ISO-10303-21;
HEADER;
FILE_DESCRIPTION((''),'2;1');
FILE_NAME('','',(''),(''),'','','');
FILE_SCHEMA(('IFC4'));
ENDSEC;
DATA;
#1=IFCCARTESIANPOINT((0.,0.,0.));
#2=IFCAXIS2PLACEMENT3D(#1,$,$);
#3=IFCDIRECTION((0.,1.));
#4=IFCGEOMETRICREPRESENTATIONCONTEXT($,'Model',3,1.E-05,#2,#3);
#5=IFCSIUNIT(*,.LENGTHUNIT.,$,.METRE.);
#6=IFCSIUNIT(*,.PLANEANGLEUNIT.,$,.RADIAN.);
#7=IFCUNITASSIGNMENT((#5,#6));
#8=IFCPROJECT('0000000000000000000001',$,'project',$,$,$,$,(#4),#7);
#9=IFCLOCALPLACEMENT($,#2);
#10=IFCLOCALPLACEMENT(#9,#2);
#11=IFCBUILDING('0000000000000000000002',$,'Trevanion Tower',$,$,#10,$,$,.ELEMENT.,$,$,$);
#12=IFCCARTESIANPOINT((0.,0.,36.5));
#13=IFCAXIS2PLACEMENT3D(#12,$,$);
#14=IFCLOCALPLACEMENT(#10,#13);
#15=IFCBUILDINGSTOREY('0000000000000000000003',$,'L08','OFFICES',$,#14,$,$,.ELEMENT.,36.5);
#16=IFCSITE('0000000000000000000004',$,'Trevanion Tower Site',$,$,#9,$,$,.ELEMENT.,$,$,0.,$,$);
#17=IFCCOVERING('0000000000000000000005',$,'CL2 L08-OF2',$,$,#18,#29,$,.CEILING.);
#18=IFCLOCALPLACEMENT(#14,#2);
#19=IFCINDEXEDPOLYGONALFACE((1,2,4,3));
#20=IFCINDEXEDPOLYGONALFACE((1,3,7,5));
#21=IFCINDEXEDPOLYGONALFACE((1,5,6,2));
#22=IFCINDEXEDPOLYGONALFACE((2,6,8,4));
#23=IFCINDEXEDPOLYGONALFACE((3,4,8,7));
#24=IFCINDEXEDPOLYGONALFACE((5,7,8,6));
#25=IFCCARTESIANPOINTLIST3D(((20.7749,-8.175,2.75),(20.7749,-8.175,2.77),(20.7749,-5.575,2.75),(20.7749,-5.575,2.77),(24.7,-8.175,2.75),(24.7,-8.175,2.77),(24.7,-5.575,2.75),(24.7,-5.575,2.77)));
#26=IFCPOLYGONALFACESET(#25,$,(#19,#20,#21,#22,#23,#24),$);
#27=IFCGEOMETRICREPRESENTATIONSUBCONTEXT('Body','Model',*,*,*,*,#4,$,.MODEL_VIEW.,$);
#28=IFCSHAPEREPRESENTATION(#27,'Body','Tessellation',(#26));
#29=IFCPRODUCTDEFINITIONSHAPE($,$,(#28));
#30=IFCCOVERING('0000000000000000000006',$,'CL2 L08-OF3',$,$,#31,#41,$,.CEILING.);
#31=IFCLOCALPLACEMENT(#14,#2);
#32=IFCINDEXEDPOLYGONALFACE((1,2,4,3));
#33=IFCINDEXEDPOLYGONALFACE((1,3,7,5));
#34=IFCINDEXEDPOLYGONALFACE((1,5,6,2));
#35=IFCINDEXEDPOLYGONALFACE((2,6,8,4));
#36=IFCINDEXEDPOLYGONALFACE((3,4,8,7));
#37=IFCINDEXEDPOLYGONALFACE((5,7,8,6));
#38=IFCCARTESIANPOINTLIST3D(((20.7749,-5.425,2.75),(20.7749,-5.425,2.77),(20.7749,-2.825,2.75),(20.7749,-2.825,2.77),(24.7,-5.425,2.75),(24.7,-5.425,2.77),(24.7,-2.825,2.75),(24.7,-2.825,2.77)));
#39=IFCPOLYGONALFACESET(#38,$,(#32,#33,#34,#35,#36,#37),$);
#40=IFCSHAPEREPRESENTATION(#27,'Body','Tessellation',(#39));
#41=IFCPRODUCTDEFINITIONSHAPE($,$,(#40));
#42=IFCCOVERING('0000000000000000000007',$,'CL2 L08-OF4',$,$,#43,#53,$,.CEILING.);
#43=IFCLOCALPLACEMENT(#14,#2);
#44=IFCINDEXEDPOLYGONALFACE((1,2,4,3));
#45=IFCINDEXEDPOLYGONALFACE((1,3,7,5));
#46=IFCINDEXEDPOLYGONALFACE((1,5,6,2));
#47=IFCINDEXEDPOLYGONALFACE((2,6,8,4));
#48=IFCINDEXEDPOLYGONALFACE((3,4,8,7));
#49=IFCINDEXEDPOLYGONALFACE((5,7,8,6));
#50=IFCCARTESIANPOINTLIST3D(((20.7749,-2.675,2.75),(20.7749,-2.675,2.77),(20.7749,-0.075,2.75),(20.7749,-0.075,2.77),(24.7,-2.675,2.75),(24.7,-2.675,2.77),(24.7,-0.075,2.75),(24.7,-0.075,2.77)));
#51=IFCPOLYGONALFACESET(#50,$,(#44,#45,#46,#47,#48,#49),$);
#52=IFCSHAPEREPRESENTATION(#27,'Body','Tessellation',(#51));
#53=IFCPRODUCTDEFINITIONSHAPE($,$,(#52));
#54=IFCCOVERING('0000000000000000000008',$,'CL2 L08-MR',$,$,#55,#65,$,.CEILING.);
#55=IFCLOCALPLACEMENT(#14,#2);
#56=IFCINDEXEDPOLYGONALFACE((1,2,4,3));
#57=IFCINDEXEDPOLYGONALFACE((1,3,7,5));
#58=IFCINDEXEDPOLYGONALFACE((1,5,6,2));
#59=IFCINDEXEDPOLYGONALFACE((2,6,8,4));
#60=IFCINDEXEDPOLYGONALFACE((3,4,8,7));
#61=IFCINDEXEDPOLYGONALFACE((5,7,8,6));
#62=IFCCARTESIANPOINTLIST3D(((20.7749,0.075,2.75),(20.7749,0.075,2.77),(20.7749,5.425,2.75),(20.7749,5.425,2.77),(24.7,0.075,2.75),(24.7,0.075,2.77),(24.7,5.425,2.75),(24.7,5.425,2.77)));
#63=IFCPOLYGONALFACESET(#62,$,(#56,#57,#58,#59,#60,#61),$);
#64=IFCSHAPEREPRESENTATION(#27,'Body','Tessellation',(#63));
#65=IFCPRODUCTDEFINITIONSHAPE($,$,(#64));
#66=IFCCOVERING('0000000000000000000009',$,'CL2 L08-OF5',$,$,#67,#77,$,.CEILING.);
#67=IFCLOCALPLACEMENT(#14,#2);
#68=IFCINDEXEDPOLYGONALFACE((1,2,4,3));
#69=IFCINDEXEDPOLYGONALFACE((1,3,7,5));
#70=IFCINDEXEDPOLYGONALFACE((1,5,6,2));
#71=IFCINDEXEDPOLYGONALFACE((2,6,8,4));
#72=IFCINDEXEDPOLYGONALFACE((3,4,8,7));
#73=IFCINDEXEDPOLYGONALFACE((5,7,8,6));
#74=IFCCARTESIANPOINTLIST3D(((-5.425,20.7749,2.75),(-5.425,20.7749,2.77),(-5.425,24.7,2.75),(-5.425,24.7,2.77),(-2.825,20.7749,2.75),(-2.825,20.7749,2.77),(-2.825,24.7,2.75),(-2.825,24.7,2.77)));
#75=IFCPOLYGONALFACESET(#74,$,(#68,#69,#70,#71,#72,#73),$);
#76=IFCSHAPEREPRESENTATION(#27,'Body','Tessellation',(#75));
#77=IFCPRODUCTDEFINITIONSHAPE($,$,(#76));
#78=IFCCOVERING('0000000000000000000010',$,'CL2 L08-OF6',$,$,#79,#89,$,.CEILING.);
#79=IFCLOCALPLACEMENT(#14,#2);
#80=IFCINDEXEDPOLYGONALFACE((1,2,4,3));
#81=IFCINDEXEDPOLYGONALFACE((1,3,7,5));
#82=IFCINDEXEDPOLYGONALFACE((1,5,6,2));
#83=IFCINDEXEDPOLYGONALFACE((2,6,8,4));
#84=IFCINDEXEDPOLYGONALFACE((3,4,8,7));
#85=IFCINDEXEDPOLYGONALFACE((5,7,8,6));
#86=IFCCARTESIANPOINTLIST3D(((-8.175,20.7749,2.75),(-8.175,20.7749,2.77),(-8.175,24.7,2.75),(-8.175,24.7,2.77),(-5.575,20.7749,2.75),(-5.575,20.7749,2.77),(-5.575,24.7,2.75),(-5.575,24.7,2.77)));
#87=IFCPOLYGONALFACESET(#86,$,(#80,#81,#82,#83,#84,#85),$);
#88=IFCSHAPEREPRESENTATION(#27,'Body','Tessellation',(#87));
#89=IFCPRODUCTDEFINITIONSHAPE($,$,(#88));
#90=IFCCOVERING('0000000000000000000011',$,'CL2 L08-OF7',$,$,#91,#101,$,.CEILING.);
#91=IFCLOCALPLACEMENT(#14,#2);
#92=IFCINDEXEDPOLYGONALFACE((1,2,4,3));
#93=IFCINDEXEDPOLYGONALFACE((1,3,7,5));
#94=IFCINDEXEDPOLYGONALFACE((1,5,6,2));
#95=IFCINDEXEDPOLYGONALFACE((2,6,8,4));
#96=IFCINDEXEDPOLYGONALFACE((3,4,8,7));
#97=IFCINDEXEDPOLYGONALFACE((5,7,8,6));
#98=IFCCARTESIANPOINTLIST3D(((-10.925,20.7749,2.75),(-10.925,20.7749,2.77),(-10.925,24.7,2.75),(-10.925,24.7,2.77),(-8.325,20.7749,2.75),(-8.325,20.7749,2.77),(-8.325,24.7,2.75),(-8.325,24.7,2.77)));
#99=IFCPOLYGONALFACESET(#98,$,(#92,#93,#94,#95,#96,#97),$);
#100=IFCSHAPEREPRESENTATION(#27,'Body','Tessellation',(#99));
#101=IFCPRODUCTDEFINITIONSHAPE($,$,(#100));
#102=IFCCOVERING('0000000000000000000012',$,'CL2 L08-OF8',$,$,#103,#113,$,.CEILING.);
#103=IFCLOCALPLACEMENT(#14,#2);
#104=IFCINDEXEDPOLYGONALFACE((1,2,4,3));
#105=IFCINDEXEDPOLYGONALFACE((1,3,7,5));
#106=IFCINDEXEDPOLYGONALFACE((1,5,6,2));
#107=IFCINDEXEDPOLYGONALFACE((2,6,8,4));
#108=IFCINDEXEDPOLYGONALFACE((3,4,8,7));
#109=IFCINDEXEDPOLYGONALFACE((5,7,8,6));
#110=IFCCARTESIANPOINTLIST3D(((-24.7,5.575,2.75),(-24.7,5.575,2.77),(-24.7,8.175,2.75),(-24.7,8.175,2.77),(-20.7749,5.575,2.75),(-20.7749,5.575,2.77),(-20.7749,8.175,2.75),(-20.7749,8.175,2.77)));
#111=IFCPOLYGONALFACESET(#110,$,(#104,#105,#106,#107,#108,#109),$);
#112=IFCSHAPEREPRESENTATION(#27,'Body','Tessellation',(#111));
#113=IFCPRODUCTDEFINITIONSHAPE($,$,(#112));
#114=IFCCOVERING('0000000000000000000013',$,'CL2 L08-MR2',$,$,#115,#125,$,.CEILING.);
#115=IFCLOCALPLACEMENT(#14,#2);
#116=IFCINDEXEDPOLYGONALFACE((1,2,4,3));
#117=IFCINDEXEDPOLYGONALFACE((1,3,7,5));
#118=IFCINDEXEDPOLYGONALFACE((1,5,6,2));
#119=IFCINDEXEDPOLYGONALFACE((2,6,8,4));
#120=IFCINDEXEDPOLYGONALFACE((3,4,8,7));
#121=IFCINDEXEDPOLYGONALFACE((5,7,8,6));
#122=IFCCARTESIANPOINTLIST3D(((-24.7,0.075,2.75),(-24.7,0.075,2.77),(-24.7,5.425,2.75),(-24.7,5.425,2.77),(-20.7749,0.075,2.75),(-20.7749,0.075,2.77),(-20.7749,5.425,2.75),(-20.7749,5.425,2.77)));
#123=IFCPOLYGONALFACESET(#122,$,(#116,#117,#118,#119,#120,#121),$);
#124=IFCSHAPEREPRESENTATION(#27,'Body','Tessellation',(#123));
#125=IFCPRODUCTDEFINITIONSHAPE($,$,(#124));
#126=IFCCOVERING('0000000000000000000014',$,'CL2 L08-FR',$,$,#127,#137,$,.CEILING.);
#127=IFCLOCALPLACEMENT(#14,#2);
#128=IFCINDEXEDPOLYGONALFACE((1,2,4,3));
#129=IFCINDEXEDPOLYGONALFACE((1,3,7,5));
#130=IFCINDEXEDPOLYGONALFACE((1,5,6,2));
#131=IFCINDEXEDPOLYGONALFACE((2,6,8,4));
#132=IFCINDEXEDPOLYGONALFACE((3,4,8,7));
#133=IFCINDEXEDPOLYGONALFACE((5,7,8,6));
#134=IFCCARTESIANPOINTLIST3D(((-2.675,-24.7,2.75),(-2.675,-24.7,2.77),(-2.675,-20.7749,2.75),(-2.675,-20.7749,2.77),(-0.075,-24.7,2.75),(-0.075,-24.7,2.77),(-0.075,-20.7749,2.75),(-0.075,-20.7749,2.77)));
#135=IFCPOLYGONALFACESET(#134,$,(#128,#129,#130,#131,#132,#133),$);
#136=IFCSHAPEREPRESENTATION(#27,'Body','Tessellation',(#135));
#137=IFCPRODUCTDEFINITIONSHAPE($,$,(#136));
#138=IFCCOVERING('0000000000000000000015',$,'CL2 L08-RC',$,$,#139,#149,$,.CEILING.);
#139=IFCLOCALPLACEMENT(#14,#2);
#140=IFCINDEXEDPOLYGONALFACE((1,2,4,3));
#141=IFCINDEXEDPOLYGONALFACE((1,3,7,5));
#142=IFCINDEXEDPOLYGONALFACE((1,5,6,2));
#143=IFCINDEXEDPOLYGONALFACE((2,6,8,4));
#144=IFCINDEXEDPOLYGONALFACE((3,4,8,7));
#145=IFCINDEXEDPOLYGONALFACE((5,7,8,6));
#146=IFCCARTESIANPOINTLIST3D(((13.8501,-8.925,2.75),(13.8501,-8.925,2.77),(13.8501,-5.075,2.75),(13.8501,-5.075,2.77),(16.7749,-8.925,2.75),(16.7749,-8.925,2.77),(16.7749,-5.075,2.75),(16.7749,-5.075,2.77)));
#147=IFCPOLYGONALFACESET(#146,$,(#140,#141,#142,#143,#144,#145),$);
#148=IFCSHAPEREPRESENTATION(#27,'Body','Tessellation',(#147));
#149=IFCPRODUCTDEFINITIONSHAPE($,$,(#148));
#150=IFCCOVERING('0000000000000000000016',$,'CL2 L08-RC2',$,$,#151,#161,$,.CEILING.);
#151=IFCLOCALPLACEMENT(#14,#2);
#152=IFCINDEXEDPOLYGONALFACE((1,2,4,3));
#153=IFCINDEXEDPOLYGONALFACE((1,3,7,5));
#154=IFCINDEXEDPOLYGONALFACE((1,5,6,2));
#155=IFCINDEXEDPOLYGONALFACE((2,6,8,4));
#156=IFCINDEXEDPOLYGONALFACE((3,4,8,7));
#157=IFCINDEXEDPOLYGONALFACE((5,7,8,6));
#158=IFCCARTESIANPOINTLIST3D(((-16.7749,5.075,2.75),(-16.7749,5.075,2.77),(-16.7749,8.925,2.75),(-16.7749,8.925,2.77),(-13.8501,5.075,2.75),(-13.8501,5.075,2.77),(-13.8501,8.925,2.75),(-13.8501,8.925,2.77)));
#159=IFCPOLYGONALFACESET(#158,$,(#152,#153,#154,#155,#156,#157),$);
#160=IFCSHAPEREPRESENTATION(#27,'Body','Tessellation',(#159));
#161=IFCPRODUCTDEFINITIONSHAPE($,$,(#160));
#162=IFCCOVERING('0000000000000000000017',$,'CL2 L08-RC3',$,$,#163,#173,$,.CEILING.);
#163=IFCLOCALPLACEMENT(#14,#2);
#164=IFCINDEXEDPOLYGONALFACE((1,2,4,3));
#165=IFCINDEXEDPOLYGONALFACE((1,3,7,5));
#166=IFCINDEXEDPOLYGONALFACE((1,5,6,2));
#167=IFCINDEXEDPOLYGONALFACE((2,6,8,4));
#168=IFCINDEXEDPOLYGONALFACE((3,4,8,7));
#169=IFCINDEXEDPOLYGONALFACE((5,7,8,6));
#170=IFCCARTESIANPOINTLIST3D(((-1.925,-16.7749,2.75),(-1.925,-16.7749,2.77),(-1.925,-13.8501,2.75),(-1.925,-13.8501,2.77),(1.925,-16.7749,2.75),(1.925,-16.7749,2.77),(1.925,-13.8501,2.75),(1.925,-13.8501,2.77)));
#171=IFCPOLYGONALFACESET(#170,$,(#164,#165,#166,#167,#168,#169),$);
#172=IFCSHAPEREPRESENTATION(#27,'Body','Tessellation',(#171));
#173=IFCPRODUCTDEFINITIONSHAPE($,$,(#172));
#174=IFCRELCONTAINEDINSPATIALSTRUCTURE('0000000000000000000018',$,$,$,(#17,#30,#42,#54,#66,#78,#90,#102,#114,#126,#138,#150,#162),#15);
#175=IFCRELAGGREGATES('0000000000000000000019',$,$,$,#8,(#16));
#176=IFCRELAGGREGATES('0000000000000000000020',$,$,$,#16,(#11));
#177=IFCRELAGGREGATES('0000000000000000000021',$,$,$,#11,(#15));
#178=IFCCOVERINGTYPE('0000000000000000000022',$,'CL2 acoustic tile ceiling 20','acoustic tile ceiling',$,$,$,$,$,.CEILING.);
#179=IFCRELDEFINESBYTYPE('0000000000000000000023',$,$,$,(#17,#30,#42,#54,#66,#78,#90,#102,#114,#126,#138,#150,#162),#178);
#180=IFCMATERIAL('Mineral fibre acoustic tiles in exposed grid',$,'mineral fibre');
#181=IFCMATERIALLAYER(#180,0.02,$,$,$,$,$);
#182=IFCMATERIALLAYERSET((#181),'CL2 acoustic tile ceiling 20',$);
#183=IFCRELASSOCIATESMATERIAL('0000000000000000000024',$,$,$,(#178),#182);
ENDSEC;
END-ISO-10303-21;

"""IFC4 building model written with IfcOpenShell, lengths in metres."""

from ifc_helpers import new_model, si_unit, direction, frame, origin, place, context, subcontext, project, spatial, polyline, outline, extrude, material, layer, layer_set, type_object, element, save


model = new_model("IFC4")

# Units and contexts
model_context = context("Model", 3, precision=1e-05, world=origin(), true_north=direction((0.0, 1.0)))
body_context = subcontext(model_context, "Body", "Model", "MODEL_VIEW")
ifc_project = project(units=[si_unit("LENGTHUNIT", "METRE"), si_unit("PLANEANGLEUNIT", "RADIAN")], contexts=[model_context])

# Site, building, storey
site_placement = place(None, origin())
site = spatial("IfcSite", under=ifc_project, at=site_placement, Name="Trevanion Tower Site", CompositionType="ELEMENT", RefElevation=0.0)
building_placement = place(site_placement, origin())
building = spatial("IfcBuilding", under=site, at=building_placement, Name="Trevanion Tower", CompositionType="ELEMENT")
storey_placement = place(building_placement, frame((0.0, 0.0, 36.5)))
storey = spatial("IfcBuildingStorey", under=building, at=storey_placement, Name="L08", Description="OFFICES", CompositionType="ELEMENT", Elevation=36.5)

# Coverings
ifc_material_1 = material(Name="Mineral fibre acoustic tiles in exposed grid", Category="mineral fibre")
ifc_layer_1 = layer(ifc_material_1, 0.02)
ifc_layer_set_1 = layer_set([ifc_layer_1], Name="CL2 acoustic tile ceiling 20")
covering_type_1 = type_object("IfcCoveringType", Name="CL2 acoustic tile ceiling 20", Description="acoustic tile ceiling", PredefinedType="CEILING", material=ifc_layer_set_1)
covering_1_placement = place(storey_placement, frame((0.0, 0.0, 2.75)))
element("IfcCovering", 1, at=covering_1_placement, inside=storey, type_object=covering_type_1, Name="CL2 L08-OF2", PredefinedType="CEILING", context=body_context, shape_type="SweptSolid", body=[
    extrude(outline(polyline([(20.7749, -8.175), (20.7749, -5.575), (24.7, -5.575), (24.7, -8.175), (20.7749, -8.175)])), origin(), (0.0, 0.0, 1.0), 0.02),
])
covering_2_placement = place(storey_placement, frame((0.0, 0.0, 2.75)))
element("IfcCovering", 2, at=covering_2_placement, inside=storey, type_object=covering_type_1, Name="CL2 L08-OF3", PredefinedType="CEILING", context=body_context, shape_type="SweptSolid", body=[
    extrude(outline(polyline([(20.7749, -5.425), (20.7749, -2.825), (24.7, -2.825), (24.7, -5.425), (20.7749, -5.425)])), origin(), (0.0, 0.0, 1.0), 0.02),
])
covering_3_placement = place(storey_placement, frame((0.0, 0.0, 2.75)))
element("IfcCovering", 3, at=covering_3_placement, inside=storey, type_object=covering_type_1, Name="CL2 L08-OF4", PredefinedType="CEILING", context=body_context, shape_type="SweptSolid", body=[
    extrude(outline(polyline([(20.7749, -2.675), (20.7749, -0.075), (24.7, -0.075), (24.7, -2.675), (20.7749, -2.675)])), origin(), (0.0, 0.0, 1.0), 0.02),
])
covering_4_placement = place(storey_placement, frame((0.0, 0.0, 2.75)))
element("IfcCovering", 4, at=covering_4_placement, inside=storey, type_object=covering_type_1, Name="CL2 L08-MR", PredefinedType="CEILING", context=body_context, shape_type="SweptSolid", body=[
    extrude(outline(polyline([(20.7749, 0.075), (20.7749, 5.425), (24.7, 5.425), (24.7, 0.075), (20.7749, 0.075)])), origin(), (0.0, 0.0, 1.0), 0.02),
])
covering_5_placement = place(storey_placement, frame((0.0, 0.0, 2.75)))
element("IfcCovering", 5, at=covering_5_placement, inside=storey, type_object=covering_type_1, Name="CL2 L08-OF5", PredefinedType="CEILING", context=body_context, shape_type="SweptSolid", body=[
    extrude(outline(polyline([(-2.825, 20.7749), (-5.425, 20.7749), (-5.425, 24.7), (-2.825, 24.7), (-2.825, 20.7749)])), origin(), (0.0, 0.0, 1.0), 0.02),
])
covering_6_placement = place(storey_placement, frame((0.0, 0.0, 2.75)))
element("IfcCovering", 6, at=covering_6_placement, inside=storey, type_object=covering_type_1, Name="CL2 L08-OF6", PredefinedType="CEILING", context=body_context, shape_type="SweptSolid", body=[
    extrude(outline(polyline([(-5.575, 20.7749), (-8.175, 20.7749), (-8.175, 24.7), (-5.575, 24.7), (-5.575, 20.7749)])), origin(), (0.0, 0.0, 1.0), 0.02),
])
covering_7_placement = place(storey_placement, frame((0.0, 0.0, 2.75)))
element("IfcCovering", 7, at=covering_7_placement, inside=storey, type_object=covering_type_1, Name="CL2 L08-OF7", PredefinedType="CEILING", context=body_context, shape_type="SweptSolid", body=[
    extrude(outline(polyline([(-8.325, 20.7749), (-10.925, 20.7749), (-10.925, 24.7), (-8.325, 24.7), (-8.325, 20.7749)])), origin(), (0.0, 0.0, 1.0), 0.02),
])
covering_8_placement = place(storey_placement, frame((0.0, 0.0, 2.75)))
element("IfcCovering", 8, at=covering_8_placement, inside=storey, type_object=covering_type_1, Name="CL2 L08-OF8", PredefinedType="CEILING", context=body_context, shape_type="SweptSolid", body=[
    extrude(outline(polyline([(-20.7749, 8.175), (-20.7749, 5.575), (-24.7, 5.575), (-24.7, 8.175), (-20.7749, 8.175)])), origin(), (0.0, 0.0, 1.0), 0.02),
])
covering_9_placement = place(storey_placement, frame((0.0, 0.0, 2.75)))
element("IfcCovering", 9, at=covering_9_placement, inside=storey, type_object=covering_type_1, Name="CL2 L08-MR2", PredefinedType="CEILING", context=body_context, shape_type="SweptSolid", body=[
    extrude(outline(polyline([(-20.7749, 5.425), (-20.7749, 0.075), (-24.7, 0.075), (-24.7, 5.425), (-20.7749, 5.425)])), origin(), (0.0, 0.0, 1.0), 0.02),
])
covering_10_placement = place(storey_placement, frame((0.0, 0.0, 2.75)))
element("IfcCovering", 10, at=covering_10_placement, inside=storey, type_object=covering_type_1, Name="CL2 L08-FR", PredefinedType="CEILING", context=body_context, shape_type="SweptSolid", body=[
    extrude(outline(polyline([(-2.675, -20.7749), (-0.075, -20.7749), (-0.075, -24.7), (-2.675, -24.7), (-2.675, -20.7749)])), origin(), (0.0, 0.0, 1.0), 0.02),
])
covering_11_placement = place(storey_placement, frame((0.0, 0.0, 2.75)))
element("IfcCovering", 11, at=covering_11_placement, inside=storey, type_object=covering_type_1, Name="CL2 L08-RC", PredefinedType="CEILING", context=body_context, shape_type="SweptSolid", body=[
    extrude(outline(polyline([(13.8501, -8.925), (13.8501, -5.075), (16.7749, -5.075), (16.7749, -8.925), (13.8501, -8.925)])), origin(), (0.0, 0.0, 1.0), 0.02),
])
covering_12_placement = place(storey_placement, frame((0.0, 0.0, 2.75)))
element("IfcCovering", 12, at=covering_12_placement, inside=storey, type_object=covering_type_1, Name="CL2 L08-RC2", PredefinedType="CEILING", context=body_context, shape_type="SweptSolid", body=[
    extrude(outline(polyline([(-13.8501, 8.925), (-13.8501, 5.075), (-16.7749, 5.075), (-16.7749, 8.925), (-13.8501, 8.925)])), origin(), (0.0, 0.0, 1.0), 0.02),
])
covering_13_placement = place(storey_placement, frame((0.0, 0.0, 2.75)))
element("IfcCovering", 13, at=covering_13_placement, inside=storey, type_object=covering_type_1, Name="CL2 L08-RC3", PredefinedType="CEILING", context=body_context, shape_type="SweptSolid", body=[
    extrude(outline(polyline([(-1.925, -13.8501), (1.925, -13.8501), (1.925, -16.7749), (-1.925, -16.7749), (-1.925, -13.8501)])), origin(), (0.0, 0.0, 1.0), 0.02),
])

save(model, "model.ifc")
